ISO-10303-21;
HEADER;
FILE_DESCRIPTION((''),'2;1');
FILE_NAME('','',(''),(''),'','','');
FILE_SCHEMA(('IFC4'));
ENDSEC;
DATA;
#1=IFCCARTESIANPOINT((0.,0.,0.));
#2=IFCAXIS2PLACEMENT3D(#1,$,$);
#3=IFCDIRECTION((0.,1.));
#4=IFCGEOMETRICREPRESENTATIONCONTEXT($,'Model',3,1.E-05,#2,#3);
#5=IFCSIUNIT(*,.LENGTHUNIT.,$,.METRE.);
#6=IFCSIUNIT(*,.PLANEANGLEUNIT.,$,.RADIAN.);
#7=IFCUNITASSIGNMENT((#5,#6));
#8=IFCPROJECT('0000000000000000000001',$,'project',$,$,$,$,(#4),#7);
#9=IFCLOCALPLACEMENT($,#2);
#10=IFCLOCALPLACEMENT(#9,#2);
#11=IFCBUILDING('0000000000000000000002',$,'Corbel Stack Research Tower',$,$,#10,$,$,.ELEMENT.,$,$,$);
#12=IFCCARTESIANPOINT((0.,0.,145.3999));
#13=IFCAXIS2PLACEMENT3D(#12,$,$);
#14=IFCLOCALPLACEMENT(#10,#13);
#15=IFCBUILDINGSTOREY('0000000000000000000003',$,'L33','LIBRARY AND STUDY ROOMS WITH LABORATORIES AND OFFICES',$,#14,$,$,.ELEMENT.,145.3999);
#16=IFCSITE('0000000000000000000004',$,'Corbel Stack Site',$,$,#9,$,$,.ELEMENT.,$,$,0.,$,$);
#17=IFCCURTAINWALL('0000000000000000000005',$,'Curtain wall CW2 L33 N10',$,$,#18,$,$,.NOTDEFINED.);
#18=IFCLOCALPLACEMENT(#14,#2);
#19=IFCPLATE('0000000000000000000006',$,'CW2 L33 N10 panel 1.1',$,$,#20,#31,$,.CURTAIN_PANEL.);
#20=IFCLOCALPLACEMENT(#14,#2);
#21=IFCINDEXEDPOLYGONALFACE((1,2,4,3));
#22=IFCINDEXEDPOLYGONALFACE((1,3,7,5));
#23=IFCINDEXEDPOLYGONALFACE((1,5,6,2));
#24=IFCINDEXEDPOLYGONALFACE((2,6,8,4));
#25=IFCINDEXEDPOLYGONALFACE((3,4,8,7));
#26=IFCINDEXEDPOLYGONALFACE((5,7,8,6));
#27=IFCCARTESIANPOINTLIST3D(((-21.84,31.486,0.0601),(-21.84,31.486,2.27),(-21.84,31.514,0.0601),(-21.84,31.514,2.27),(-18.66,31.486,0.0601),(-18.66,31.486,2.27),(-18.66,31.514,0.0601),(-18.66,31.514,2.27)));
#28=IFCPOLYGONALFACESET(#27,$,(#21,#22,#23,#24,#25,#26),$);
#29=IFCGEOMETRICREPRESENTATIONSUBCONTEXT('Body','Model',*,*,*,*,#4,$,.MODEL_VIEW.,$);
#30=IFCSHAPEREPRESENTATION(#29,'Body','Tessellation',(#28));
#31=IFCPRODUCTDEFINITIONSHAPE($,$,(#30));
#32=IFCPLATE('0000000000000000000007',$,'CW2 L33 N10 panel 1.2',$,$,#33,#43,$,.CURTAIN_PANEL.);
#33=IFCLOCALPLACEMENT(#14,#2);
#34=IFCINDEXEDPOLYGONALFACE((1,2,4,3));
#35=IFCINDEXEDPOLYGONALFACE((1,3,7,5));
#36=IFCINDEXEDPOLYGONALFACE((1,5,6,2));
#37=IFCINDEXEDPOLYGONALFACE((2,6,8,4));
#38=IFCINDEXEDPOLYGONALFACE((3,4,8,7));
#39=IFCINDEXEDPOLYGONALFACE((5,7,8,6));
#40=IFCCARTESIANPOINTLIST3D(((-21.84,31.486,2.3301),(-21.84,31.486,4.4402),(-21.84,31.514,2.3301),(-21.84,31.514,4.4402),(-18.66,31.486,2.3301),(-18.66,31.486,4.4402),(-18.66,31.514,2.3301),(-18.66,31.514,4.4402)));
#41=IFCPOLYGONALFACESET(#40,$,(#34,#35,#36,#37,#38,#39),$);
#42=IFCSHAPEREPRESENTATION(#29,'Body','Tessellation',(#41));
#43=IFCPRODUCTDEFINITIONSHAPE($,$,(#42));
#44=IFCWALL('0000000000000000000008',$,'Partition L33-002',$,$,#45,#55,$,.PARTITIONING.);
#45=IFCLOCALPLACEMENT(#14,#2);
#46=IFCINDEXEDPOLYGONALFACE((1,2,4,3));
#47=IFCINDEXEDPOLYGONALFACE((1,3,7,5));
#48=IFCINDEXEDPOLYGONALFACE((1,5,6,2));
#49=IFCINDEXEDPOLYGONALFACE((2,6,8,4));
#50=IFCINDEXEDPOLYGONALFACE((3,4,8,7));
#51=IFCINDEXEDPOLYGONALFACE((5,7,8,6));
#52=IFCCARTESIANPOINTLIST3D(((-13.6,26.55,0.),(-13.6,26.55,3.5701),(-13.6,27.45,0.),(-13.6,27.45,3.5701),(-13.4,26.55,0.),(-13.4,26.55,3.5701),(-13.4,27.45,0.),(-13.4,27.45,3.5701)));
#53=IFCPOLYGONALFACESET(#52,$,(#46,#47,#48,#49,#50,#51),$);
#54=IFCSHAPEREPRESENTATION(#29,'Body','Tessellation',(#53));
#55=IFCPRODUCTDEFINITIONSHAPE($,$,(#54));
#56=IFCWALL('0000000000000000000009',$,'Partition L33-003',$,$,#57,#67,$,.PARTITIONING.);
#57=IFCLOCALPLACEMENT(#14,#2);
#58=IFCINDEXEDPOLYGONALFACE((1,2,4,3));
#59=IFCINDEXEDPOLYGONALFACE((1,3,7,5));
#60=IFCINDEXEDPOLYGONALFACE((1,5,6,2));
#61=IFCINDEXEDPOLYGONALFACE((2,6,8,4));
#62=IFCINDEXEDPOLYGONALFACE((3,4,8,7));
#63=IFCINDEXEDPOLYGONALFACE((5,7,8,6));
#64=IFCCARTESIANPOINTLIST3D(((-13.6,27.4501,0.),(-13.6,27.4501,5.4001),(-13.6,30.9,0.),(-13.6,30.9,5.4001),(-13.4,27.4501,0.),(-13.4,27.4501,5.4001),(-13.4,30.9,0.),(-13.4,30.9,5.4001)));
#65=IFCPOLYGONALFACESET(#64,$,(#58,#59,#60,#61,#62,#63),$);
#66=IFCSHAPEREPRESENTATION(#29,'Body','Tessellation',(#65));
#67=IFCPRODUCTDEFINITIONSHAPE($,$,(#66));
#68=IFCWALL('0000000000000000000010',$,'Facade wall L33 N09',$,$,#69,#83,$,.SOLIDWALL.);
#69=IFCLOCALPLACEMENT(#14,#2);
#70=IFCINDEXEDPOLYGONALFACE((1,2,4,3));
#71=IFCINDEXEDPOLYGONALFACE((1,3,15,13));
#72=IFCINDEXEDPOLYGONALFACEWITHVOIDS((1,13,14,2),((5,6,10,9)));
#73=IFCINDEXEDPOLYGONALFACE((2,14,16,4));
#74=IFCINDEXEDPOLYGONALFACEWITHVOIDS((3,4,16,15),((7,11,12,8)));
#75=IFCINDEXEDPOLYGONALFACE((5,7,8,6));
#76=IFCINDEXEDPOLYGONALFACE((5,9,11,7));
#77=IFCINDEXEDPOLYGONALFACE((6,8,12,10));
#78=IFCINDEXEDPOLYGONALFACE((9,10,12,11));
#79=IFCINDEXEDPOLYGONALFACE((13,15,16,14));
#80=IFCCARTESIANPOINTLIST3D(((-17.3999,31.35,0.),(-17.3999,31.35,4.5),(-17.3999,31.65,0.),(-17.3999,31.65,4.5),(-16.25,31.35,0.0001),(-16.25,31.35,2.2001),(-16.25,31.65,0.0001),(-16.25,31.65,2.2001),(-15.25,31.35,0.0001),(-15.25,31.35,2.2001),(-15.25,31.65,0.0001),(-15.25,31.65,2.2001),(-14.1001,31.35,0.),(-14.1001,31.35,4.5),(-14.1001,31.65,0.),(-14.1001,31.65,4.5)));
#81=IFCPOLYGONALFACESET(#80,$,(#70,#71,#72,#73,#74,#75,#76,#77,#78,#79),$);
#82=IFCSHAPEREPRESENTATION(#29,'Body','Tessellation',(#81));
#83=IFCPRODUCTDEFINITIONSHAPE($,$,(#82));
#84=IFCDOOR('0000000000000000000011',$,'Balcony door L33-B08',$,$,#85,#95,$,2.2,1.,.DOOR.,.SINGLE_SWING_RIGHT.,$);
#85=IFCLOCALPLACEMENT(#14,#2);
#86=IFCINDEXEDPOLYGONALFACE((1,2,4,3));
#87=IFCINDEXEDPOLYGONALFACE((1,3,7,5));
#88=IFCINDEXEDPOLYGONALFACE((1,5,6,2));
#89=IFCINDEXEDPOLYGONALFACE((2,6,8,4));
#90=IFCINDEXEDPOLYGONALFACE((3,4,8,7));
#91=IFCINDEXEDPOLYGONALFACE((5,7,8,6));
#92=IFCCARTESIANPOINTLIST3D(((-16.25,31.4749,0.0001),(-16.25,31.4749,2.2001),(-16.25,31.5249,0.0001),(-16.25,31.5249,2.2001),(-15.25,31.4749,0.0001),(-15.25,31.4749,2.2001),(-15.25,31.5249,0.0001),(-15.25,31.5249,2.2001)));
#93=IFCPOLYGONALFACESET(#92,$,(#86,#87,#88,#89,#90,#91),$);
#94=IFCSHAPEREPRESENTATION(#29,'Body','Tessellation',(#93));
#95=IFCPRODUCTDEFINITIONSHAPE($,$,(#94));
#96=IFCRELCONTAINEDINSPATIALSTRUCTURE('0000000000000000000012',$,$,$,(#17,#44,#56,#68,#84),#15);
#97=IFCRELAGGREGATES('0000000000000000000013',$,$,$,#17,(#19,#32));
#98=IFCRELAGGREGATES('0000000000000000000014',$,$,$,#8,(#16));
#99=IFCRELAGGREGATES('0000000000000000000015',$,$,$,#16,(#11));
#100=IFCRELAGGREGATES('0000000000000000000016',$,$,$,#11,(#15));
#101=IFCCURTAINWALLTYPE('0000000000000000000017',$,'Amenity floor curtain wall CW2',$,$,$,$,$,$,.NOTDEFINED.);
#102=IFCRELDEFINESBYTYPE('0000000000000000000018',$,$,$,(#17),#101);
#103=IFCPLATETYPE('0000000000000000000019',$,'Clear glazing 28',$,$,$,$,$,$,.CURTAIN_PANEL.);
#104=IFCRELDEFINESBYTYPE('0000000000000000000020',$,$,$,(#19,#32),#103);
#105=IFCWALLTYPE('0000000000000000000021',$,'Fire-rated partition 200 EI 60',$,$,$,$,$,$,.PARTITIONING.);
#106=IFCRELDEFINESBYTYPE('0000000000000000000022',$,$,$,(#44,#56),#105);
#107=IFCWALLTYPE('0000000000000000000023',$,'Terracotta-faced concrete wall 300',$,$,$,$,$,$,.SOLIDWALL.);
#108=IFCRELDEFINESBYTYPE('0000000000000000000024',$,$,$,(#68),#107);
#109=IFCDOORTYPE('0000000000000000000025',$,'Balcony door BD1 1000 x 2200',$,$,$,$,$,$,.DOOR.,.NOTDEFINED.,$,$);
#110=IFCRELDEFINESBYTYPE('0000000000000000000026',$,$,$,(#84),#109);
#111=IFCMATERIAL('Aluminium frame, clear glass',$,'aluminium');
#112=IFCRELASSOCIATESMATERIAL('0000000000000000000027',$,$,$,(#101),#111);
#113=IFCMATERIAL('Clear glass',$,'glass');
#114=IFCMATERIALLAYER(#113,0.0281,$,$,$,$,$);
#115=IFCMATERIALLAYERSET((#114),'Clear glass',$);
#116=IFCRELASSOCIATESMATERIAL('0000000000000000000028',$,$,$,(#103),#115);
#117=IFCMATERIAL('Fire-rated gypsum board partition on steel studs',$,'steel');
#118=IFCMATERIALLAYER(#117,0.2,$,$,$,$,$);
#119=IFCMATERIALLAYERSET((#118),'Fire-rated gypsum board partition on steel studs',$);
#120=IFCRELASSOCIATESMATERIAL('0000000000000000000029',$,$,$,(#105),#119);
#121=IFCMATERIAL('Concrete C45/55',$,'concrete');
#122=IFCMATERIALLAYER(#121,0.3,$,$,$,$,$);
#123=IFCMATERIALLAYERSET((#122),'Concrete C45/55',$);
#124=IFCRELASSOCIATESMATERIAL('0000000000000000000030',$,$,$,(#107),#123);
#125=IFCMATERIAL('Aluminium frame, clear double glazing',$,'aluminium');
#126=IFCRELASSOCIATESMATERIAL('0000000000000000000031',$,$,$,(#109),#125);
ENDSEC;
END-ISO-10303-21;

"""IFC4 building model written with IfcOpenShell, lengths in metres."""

from ifc_helpers import new_model, si_unit, direction, frame, frame_2d, origin, origin_2d, place, context, subcontext, project, spatial, rectangle, extrude, material, layer, layer_set, type_object, element, fill, aggregate, save


model = new_model("IFC4")

# Units and contexts
model_context = context("Model", 3, precision=1e-05, world=origin(), true_north=direction((0.0, 1.0)))
body_context = subcontext(model_context, "Body", "Model", "MODEL_VIEW")
ifc_project = project(units=[si_unit("LENGTHUNIT", "METRE"), si_unit("PLANEANGLEUNIT", "RADIAN")], contexts=[model_context])

# Site, building, storey
site_placement = place(None, origin())
site = spatial("IfcSite", under=ifc_project, at=site_placement, Name="Corbel Stack Site", CompositionType="ELEMENT", RefElevation=0.0)
building_placement = place(site_placement, origin())
building = spatial("IfcBuilding", under=site, at=building_placement, Name="Corbel Stack Research Tower", CompositionType="ELEMENT")
storey_placement = place(building_placement, frame((0.0, 0.0, 145.3999)))
storey = spatial("IfcBuildingStorey", under=building, at=storey_placement, Name="L33", Description="LIBRARY AND STUDY ROOMS WITH LABORATORIES AND OFFICES", CompositionType="ELEMENT", Elevation=145.3999)

# Shared definitions
ifc_material_1 = material(Name="Aluminium frame, clear glass", Category="aluminium")
curtain_wall_type = type_object("IfcCurtainWallType", Name="Amenity floor curtain wall CW2", PredefinedType="NOTDEFINED", material=ifc_material_1)

# Curtain wall
curtain_wall_1_placement = place(storey_placement, origin())
curtain_wall_1 = element("IfcCurtainWall", 1, at=curtain_wall_1_placement, inside=storey, type_object=curtain_wall_type, Name="Curtain wall CW2 L33 N10", PredefinedType="NOTDEFINED")

# Plates
ifc_material_2 = material(Name="Clear glass", Category="glass")
ifc_layer_1 = layer(ifc_material_2, 0.0281)
ifc_layer_set_1 = layer_set([ifc_layer_1], Name="Clear glass")
plate_type = type_object("IfcPlateType", Name="Clear glazing 28", PredefinedType="CURTAIN_PANEL", material=ifc_layer_set_1)
plate_1_placement = place(storey_placement, frame((-20.25, 31.5, 0.0601), z_axis=(0.0, 0.0, 1.0), x_axis=(-1.0, 0.0, 0.0)))
plate_1 = element("IfcPlate", 2, at=plate_1_placement, type_object=plate_type, Name="CW2 L33 N10 panel 1.1", PredefinedType="CURTAIN_PANEL", context=body_context, shape_type="SweptSolid", body=[
    extrude(rectangle(XDim=3.1799, YDim=0.0281, at=origin_2d()), origin(), (0.0, 0.0, 1.0), 2.21),
])
plate_2_placement = place(storey_placement, frame((-20.25, 31.5, 2.3301), z_axis=(0.0, 0.0, 1.0), x_axis=(-1.0, 0.0, 0.0)))
plate_2 = element("IfcPlate", 3, at=plate_2_placement, type_object=plate_type, Name="CW2 L33 N10 panel 1.2", PredefinedType="CURTAIN_PANEL", context=body_context, shape_type="SweptSolid", body=[
    extrude(rectangle(XDim=3.1799, YDim=0.0281, at=origin_2d()), origin(), (0.0, 0.0, 1.0), 2.1101),
])
aggregate(curtain_wall_1, [plate_1, plate_2])

# Walls
ifc_material_3 = material(Name="Fire-rated gypsum board partition on steel studs", Category="steel")
ifc_layer_2 = layer(ifc_material_3, 0.2)
ifc_layer_set_2 = layer_set([ifc_layer_2], Name="Fire-rated gypsum board partition on steel studs")
wall_type_1 = type_object("IfcWallType", Name="Fire-rated partition 200 EI 60", PredefinedType="PARTITIONING", material=ifc_layer_set_2)
wall_1_placement = place(storey_placement, frame((-13.5, 26.55, 0.0), z_axis=(0.0, 0.0, 1.0), x_axis=(0.0, 1.0, 0.0)))
element("IfcWall", 4, at=wall_1_placement, inside=storey, type_object=wall_type_1, Name="Partition L33-002", PredefinedType="PARTITIONING", context=body_context, shape_type="SweptSolid", body=[
    extrude(rectangle(XDim=0.8999, YDim=0.2, at=frame_2d((0.45, 0.0))), origin(), (0.0, 0.0, 1.0), 3.5701),
])
wall_2_placement = place(storey_placement, frame((-13.5, 27.45, 0.0), z_axis=(0.0, 0.0, 1.0), x_axis=(0.0, 1.0, 0.0)))
element("IfcWall", 5, at=wall_2_placement, inside=storey, type_object=wall_type_1, Name="Partition L33-003", PredefinedType="PARTITIONING", context=body_context, shape_type="SweptSolid", body=[
    extrude(rectangle(XDim=3.45, YDim=0.2, at=frame_2d((1.7251, 0.0))), origin(), (0.0, 0.0, 1.0), 5.4001),
])

# Wall, opening, door
ifc_material_4 = material(Name="Concrete C45/55", Category="concrete")
ifc_layer_3 = layer(ifc_material_4, 0.3)
ifc_layer_set_3 = layer_set([ifc_layer_3], Name="Concrete C45/55")
wall_type_2 = type_object("IfcWallType", Name="Terracotta-faced concrete wall 300", PredefinedType="SOLIDWALL", material=ifc_layer_set_3)
wall_3_placement = place(storey_placement, frame((-17.3999, 31.5, 0.0), z_axis=(0.0, 0.0, 1.0), x_axis=(1.0, 0.0, 0.0)))
wall_3 = element("IfcWall", 6, at=wall_3_placement, inside=storey, type_object=wall_type_2, Name="Facade wall L33 N09", PredefinedType="SOLIDWALL", context=body_context, shape_type="SweptSolid", body=[
    extrude(rectangle(XDim=3.2998, YDim=0.3, at=frame_2d((1.6499, 0.0))), origin(), (0.0, 0.0, 1.0), 4.5),
])
opening_placement = place(wall_3_placement, frame((1.1499, 0.0, 0.0)))
opening = element("IfcOpeningElement", 7, at=opening_placement, cuts=wall_3, PredefinedType="OPENING", context=body_context, shape_type="SweptSolid", body=[
    extrude(rectangle(XDim=1.0, YDim=2.2, at=frame_2d((0.5, 1.1001))), frame((0.0, 0.1599, 0.0), z_axis=(0.0, -1.0, 0.0), x_axis=(1.0, 0.0, 0.0)), (0.0, 0.0, 1.0), 0.3201),
])
ifc_material_5 = material(Name="Aluminium frame, clear double glazing", Category="aluminium")
door_type = type_object("IfcDoorType", Name="Balcony door BD1 1000 x 2200", OperationType="NOTDEFINED", PredefinedType="DOOR", material=ifc_material_5)
door_placement = place(opening_placement, origin())
door = element("IfcDoor", 8, at=door_placement, inside=storey, type_object=door_type, Name="Balcony door L33-B08", OperationType="SINGLE_SWING_RIGHT", OverallHeight=2.2, OverallWidth=1.0, PredefinedType="DOOR", context=body_context, shape_type="SweptSolid", body=[
    extrude(rectangle(XDim=1.0, YDim=2.2, at=frame_2d((0.5, 1.1001))), frame((0.0, 0.0249, 0.0), z_axis=(0.0, -1.0, 0.0), x_axis=(1.0, 0.0, 0.0)), (0.0, 0.0, 1.0), 0.05),
])
fill(opening, door)

save(model, "model.ifc")
